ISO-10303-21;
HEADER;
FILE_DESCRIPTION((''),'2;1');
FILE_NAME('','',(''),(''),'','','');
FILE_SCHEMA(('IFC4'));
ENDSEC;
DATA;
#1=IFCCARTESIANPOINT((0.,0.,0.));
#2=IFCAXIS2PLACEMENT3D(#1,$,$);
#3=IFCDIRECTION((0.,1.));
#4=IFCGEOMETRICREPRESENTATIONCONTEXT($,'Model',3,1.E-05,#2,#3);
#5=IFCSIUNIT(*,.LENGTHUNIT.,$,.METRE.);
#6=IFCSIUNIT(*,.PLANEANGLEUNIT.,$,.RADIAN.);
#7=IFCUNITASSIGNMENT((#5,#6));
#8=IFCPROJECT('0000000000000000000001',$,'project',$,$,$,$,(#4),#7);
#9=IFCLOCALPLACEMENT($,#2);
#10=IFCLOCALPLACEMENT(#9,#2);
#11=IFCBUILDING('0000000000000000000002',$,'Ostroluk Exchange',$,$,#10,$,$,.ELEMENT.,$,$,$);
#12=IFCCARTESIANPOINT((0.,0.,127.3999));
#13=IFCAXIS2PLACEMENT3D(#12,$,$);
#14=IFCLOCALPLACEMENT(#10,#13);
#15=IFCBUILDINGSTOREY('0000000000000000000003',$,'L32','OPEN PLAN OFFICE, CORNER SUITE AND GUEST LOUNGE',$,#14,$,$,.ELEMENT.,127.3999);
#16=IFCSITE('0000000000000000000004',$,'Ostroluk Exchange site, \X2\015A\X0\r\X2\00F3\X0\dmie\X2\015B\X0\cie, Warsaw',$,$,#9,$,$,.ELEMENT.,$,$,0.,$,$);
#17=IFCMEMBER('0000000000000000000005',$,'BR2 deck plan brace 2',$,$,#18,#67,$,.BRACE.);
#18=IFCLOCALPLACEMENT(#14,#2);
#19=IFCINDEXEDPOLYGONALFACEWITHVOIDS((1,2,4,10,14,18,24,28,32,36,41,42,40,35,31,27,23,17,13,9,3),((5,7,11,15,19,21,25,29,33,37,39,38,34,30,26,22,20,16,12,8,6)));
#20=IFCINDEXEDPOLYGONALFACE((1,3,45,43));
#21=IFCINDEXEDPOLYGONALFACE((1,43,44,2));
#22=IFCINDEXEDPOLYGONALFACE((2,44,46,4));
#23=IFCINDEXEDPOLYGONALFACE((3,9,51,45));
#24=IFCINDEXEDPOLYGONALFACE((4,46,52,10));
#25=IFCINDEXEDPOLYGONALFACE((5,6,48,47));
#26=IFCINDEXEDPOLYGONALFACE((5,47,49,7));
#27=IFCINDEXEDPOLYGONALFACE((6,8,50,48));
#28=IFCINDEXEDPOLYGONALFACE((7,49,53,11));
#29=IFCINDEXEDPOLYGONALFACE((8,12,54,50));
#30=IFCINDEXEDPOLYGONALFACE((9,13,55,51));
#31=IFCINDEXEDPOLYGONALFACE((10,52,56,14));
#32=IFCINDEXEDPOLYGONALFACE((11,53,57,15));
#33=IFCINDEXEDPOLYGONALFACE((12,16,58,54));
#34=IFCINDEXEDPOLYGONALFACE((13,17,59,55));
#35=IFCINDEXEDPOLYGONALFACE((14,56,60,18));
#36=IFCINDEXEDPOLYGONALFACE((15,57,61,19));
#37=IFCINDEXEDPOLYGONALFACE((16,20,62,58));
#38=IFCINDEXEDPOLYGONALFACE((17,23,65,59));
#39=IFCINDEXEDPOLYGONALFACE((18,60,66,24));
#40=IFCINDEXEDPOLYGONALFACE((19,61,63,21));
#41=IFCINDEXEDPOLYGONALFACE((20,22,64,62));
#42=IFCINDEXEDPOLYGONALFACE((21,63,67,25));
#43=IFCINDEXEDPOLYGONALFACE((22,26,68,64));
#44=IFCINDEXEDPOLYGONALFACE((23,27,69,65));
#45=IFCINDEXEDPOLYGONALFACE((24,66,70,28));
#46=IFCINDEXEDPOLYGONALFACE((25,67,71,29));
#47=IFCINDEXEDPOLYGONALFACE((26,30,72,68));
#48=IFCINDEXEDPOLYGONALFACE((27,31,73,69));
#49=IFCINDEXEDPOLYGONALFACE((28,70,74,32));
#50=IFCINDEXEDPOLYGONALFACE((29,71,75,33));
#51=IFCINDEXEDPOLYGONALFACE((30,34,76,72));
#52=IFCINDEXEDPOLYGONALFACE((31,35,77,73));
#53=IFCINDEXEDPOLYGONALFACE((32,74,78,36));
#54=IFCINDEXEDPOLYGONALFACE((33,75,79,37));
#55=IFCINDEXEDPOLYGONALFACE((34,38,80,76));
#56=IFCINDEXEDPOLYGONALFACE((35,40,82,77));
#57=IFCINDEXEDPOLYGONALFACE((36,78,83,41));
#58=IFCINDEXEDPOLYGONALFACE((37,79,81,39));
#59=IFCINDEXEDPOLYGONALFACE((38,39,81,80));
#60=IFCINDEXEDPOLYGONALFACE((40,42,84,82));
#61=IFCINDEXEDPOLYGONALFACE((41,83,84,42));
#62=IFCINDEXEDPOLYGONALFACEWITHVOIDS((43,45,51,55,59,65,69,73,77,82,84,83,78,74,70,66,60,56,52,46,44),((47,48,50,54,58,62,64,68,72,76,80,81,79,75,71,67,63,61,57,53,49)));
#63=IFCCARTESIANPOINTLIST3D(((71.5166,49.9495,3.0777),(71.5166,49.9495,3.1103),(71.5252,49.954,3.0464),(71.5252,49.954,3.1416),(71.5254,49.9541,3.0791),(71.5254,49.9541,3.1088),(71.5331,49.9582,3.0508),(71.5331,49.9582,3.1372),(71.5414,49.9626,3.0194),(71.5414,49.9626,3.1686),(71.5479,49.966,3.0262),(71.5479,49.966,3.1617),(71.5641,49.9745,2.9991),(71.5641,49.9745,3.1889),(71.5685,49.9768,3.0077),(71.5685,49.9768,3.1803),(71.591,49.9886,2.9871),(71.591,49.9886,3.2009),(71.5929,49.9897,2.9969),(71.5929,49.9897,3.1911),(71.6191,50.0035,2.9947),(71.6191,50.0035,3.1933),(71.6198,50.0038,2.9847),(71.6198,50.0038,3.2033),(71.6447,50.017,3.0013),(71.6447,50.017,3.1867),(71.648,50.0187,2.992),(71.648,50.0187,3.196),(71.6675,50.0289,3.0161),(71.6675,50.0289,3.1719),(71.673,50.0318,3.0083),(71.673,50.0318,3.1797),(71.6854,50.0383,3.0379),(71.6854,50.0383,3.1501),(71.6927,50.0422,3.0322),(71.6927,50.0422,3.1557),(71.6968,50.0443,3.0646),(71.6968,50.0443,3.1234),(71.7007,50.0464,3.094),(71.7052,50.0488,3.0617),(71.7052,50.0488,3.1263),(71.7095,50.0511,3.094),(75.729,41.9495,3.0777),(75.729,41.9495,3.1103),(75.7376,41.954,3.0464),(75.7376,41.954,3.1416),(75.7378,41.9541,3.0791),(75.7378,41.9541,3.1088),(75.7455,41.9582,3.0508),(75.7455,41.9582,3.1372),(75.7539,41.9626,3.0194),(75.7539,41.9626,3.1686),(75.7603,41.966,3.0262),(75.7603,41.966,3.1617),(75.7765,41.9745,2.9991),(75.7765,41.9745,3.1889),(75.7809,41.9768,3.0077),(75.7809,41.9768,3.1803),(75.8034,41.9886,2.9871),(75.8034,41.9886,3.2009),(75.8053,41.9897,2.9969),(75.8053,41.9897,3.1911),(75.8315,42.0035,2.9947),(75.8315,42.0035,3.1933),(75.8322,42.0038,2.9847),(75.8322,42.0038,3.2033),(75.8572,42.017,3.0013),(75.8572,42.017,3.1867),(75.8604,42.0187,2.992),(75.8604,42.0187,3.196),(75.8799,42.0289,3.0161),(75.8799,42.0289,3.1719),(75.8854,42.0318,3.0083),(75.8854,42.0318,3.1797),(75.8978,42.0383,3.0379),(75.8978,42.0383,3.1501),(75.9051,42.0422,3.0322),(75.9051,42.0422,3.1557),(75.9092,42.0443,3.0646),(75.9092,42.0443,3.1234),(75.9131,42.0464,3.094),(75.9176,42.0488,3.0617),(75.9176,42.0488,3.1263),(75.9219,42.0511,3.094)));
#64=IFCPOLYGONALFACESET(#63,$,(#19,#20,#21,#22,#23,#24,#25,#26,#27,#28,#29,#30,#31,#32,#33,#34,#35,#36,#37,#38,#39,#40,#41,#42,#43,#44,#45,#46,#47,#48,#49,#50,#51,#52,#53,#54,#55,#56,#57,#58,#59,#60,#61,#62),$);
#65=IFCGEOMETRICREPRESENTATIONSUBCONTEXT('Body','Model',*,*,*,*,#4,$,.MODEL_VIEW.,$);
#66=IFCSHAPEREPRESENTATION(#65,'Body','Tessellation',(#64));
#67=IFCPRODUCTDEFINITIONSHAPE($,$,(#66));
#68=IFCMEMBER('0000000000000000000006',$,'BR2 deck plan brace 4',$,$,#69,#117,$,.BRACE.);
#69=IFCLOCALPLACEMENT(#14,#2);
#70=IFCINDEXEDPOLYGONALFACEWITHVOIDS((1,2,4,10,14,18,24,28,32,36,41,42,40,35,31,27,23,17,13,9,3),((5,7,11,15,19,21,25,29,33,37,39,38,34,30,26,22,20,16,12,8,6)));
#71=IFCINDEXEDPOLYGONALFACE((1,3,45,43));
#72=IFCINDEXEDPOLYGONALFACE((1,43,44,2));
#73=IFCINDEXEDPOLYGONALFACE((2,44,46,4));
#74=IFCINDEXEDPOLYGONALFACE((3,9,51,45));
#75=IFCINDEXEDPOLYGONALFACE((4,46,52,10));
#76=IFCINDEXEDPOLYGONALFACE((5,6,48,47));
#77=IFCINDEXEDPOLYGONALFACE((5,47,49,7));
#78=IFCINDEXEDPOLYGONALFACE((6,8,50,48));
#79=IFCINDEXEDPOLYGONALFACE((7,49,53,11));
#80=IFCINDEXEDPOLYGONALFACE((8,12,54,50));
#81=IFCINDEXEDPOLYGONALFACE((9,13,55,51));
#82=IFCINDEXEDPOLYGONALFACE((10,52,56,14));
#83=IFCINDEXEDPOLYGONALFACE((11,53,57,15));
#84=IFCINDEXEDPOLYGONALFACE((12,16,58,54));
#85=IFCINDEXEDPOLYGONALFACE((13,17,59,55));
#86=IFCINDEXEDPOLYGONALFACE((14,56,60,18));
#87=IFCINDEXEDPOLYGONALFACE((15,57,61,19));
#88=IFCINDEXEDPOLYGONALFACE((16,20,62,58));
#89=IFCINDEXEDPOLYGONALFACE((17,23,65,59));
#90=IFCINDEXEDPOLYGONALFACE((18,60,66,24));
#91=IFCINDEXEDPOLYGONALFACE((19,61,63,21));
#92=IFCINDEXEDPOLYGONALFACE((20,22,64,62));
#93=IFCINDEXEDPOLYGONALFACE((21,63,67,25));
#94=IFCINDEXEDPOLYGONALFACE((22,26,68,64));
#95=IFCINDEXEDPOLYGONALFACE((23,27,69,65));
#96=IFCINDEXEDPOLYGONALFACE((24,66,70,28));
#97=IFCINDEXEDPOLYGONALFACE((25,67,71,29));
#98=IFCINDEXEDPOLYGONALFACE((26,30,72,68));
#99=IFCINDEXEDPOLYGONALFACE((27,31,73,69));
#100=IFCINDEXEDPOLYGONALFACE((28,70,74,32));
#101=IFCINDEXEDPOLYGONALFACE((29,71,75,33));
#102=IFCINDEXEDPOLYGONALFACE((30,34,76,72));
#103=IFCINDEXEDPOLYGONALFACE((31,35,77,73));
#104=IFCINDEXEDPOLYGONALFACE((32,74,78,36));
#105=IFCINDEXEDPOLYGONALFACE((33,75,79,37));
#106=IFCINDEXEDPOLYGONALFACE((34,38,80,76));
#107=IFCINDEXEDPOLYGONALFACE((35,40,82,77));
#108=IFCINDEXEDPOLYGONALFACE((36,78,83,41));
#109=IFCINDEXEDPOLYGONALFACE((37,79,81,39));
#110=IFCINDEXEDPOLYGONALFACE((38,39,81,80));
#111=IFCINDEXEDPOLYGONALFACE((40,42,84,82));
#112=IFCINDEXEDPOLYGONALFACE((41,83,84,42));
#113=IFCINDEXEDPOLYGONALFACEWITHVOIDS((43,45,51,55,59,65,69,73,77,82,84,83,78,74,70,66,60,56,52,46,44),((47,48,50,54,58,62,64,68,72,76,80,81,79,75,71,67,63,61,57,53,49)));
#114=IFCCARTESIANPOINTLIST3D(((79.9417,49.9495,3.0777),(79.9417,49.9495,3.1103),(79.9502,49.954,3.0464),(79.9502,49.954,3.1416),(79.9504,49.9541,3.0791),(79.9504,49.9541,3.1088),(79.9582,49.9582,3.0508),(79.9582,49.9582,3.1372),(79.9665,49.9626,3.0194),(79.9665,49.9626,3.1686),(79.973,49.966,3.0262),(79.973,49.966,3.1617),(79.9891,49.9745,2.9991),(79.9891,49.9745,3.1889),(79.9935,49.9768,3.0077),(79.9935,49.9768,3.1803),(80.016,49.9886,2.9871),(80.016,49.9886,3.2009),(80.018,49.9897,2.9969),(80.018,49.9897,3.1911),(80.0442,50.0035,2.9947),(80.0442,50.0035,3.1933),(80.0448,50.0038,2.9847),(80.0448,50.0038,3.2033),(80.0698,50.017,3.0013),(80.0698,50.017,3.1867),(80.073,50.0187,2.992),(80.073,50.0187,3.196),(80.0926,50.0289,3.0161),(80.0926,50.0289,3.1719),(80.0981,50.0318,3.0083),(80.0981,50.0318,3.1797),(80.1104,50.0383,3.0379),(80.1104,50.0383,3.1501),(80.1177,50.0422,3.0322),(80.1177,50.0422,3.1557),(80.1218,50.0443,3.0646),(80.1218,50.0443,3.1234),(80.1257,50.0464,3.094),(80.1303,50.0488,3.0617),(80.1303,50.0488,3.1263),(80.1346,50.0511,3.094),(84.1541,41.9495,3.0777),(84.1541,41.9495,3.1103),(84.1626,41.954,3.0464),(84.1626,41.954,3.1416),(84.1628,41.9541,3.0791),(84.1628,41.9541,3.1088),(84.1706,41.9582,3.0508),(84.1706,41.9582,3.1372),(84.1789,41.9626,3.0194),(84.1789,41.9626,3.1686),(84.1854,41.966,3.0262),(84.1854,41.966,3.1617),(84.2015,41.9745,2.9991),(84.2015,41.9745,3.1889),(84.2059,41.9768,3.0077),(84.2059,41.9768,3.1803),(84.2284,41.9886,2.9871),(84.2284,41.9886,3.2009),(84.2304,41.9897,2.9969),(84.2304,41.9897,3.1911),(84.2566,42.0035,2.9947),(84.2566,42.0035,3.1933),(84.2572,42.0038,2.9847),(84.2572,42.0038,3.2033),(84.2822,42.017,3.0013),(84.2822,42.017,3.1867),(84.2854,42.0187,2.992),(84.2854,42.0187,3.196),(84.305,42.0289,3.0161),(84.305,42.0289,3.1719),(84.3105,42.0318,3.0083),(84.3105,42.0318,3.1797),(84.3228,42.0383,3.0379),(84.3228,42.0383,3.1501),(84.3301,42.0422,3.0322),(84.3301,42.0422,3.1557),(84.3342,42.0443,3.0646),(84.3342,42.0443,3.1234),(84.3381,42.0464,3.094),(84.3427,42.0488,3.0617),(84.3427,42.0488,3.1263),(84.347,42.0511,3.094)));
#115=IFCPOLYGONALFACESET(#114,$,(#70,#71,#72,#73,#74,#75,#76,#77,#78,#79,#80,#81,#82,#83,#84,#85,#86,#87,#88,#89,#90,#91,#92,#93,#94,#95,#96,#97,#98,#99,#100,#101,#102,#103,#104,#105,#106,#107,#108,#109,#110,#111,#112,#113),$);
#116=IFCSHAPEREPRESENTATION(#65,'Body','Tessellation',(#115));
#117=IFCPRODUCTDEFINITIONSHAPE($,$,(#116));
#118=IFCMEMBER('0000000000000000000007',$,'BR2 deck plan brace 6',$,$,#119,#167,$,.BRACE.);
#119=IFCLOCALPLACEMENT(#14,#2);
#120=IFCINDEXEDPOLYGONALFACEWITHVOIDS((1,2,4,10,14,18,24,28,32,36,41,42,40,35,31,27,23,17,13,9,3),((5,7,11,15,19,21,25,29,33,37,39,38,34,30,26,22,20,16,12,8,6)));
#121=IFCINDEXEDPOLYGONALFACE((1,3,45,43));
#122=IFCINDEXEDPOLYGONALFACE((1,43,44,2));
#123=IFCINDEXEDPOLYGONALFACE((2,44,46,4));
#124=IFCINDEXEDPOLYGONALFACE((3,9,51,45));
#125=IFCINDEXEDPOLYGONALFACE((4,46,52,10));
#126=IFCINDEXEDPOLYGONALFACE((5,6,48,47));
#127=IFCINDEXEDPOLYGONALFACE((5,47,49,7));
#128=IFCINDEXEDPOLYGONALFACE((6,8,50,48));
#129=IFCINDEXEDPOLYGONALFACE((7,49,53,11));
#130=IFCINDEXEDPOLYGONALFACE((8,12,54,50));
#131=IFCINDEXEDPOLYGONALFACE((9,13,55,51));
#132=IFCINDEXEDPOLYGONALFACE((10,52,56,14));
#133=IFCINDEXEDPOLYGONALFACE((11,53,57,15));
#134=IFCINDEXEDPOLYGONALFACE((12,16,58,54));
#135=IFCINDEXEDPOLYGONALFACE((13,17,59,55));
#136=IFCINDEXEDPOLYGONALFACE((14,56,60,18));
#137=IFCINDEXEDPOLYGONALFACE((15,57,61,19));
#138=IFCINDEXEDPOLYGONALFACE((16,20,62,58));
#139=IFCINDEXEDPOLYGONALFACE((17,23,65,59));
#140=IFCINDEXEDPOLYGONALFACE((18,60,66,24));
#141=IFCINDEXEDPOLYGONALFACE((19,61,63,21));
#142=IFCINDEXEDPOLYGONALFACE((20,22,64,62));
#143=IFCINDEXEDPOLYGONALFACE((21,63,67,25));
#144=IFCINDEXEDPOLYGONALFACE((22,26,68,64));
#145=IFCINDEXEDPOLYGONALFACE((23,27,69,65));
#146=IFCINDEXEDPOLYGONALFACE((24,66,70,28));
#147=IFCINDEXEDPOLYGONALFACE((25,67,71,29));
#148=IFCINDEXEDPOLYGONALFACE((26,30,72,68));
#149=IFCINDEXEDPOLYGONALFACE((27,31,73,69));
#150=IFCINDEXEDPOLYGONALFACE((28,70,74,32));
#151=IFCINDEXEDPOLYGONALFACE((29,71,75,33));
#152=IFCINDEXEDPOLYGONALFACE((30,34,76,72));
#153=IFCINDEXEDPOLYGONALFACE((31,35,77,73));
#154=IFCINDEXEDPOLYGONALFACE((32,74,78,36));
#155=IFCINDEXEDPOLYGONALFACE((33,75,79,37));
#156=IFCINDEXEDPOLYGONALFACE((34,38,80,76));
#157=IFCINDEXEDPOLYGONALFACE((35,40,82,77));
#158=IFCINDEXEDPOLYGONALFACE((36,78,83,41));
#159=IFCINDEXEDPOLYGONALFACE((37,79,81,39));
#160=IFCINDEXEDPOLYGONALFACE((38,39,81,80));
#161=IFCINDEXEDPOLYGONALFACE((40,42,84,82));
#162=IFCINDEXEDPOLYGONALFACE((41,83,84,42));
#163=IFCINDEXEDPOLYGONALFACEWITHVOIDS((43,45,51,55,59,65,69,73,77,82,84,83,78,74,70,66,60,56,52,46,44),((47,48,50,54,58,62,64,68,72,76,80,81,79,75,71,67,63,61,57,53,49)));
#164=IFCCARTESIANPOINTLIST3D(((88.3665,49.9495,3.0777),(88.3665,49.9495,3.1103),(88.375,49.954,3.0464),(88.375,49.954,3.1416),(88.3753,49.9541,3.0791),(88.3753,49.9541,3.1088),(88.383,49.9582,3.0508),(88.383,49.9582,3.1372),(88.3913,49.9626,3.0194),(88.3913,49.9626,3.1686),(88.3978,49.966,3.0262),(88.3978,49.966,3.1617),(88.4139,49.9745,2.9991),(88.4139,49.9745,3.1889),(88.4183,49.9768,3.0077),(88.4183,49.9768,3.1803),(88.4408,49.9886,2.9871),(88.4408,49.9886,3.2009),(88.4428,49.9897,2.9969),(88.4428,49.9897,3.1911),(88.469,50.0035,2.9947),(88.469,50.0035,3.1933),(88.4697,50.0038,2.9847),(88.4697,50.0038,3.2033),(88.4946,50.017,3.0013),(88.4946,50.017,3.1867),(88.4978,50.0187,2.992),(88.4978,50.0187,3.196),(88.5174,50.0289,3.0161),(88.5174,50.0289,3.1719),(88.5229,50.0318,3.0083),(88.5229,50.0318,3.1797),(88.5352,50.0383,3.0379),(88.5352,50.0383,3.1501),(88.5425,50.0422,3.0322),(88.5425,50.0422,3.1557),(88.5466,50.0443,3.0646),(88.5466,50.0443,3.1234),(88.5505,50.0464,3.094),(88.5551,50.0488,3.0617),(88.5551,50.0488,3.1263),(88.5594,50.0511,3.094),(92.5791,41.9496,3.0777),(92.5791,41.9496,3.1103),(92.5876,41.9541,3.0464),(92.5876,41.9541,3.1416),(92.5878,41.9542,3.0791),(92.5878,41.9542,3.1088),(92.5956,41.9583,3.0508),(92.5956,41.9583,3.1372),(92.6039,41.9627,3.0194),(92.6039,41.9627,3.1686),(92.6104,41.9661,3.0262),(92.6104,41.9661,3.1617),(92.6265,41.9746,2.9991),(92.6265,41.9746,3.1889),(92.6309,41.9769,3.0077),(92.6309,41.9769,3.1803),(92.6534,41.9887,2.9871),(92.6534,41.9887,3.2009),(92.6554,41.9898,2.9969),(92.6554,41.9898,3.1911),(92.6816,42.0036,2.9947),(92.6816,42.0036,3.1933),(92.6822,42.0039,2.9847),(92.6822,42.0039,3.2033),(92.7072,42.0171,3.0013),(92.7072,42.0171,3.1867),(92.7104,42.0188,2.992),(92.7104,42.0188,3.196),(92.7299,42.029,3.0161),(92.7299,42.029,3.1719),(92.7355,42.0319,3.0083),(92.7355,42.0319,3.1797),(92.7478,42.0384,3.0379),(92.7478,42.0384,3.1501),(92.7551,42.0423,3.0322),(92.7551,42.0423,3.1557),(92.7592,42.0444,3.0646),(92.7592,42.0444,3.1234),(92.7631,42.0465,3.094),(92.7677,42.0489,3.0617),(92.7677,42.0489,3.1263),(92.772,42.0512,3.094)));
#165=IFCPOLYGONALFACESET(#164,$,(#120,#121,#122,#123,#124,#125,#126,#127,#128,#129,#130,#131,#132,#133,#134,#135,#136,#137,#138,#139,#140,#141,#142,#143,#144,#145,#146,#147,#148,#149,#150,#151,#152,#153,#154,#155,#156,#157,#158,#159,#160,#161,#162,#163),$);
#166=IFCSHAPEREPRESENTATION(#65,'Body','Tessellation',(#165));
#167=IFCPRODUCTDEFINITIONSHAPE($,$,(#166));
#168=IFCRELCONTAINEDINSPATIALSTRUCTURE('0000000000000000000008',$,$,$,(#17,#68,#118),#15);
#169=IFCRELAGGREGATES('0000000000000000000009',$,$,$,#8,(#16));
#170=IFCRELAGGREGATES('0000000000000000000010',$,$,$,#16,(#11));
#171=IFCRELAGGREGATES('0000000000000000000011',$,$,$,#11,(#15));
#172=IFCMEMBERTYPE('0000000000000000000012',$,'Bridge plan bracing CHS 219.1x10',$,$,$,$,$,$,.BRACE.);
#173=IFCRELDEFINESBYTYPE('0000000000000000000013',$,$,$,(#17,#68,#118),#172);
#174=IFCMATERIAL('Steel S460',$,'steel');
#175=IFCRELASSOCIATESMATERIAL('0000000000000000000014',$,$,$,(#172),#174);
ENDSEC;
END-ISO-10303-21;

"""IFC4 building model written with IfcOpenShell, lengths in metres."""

from ifc_helpers import new_model, si_unit, direction, frame, origin, origin_2d, place, context, subcontext, project, spatial, hollow_circle, extrude, material, material_profile, profile_set, type_object, element, save


model = new_model("IFC4")

# Units and contexts
model_context = context("Model", 3, precision=1e-05, world=origin(), true_north=direction((0.0, 1.0)))
body_context = subcontext(model_context, "Body", "Model", "MODEL_VIEW")
ifc_project = project(units=[si_unit("LENGTHUNIT", "METRE"), si_unit("PLANEANGLEUNIT", "RADIAN")], contexts=[model_context])

# Site, building, storey
site_placement = place(None, origin())
site = spatial("IfcSite", under=ifc_project, at=site_placement, Name="Ostroluk Exchange site, Śródmieście, Warsaw", CompositionType="ELEMENT", RefElevation=0.0)
building_placement = place(site_placement, origin())
building = spatial("IfcBuilding", under=site, at=building_placement, Name="Ostroluk Exchange", CompositionType="ELEMENT")
storey_placement = place(building_placement, frame((0.0, 0.0, 127.3999)))
storey = spatial("IfcBuildingStorey", under=building, at=storey_placement, Name="L32", Description="OPEN PLAN OFFICE, CORNER SUITE AND GUEST LOUNGE", CompositionType="ELEMENT", Elevation=127.3999)

# Members
ifc_material_1 = material(Name="Steel S460", Category="steel")
ifc_material_profile_1 = material_profile(ifc_material_1, hollow_circle(Radius=0.1096, WallThickness=0.01, at=origin_2d()), Name="CHS 219.1x10")
ifc_profile_set_1 = profile_set([ifc_material_profile_1], Name="Steel S460")
member_type_1 = type_object("IfcMemberType", Name="Bridge plan bracing CHS 219.1x10", PredefinedType="BRACE", material=ifc_profile_set_1)
for number, where, z_axis, x_axis, name in (
    (1, (71.6125, 50.0, 3.094), (0.465909, -0.884833, 0.0), (0.884833, 0.465909, 0.0), "BR2 deck plan brace 2"),
    (2, (80.0376, 50.0, 3.094), (0.465909, -0.884833, 0.0), (0.884833, 0.465909, 0.0), "BR2 deck plan brace 4"),
    (3, (88.4624, 50.0, 3.094), (0.46593, -0.884822, 0.0), (0.884822, 0.46593, 0.0), "BR2 deck plan brace 6"),
):
    element("IfcMember", number, at=place(storey_placement, frame(where, z_axis=z_axis, x_axis=x_axis)), inside=storey, type_object=member_type_1, Name=name, PredefinedType="BRACE", context=body_context, shape_type="SweptSolid", body=[
        extrude(hollow_circle(Radius=0.1096, WallThickness=0.01, at=origin_2d()), origin(), (0.0, 0.0, 1.0), 9.0413),
    ])

save(model, "model.ifc")
